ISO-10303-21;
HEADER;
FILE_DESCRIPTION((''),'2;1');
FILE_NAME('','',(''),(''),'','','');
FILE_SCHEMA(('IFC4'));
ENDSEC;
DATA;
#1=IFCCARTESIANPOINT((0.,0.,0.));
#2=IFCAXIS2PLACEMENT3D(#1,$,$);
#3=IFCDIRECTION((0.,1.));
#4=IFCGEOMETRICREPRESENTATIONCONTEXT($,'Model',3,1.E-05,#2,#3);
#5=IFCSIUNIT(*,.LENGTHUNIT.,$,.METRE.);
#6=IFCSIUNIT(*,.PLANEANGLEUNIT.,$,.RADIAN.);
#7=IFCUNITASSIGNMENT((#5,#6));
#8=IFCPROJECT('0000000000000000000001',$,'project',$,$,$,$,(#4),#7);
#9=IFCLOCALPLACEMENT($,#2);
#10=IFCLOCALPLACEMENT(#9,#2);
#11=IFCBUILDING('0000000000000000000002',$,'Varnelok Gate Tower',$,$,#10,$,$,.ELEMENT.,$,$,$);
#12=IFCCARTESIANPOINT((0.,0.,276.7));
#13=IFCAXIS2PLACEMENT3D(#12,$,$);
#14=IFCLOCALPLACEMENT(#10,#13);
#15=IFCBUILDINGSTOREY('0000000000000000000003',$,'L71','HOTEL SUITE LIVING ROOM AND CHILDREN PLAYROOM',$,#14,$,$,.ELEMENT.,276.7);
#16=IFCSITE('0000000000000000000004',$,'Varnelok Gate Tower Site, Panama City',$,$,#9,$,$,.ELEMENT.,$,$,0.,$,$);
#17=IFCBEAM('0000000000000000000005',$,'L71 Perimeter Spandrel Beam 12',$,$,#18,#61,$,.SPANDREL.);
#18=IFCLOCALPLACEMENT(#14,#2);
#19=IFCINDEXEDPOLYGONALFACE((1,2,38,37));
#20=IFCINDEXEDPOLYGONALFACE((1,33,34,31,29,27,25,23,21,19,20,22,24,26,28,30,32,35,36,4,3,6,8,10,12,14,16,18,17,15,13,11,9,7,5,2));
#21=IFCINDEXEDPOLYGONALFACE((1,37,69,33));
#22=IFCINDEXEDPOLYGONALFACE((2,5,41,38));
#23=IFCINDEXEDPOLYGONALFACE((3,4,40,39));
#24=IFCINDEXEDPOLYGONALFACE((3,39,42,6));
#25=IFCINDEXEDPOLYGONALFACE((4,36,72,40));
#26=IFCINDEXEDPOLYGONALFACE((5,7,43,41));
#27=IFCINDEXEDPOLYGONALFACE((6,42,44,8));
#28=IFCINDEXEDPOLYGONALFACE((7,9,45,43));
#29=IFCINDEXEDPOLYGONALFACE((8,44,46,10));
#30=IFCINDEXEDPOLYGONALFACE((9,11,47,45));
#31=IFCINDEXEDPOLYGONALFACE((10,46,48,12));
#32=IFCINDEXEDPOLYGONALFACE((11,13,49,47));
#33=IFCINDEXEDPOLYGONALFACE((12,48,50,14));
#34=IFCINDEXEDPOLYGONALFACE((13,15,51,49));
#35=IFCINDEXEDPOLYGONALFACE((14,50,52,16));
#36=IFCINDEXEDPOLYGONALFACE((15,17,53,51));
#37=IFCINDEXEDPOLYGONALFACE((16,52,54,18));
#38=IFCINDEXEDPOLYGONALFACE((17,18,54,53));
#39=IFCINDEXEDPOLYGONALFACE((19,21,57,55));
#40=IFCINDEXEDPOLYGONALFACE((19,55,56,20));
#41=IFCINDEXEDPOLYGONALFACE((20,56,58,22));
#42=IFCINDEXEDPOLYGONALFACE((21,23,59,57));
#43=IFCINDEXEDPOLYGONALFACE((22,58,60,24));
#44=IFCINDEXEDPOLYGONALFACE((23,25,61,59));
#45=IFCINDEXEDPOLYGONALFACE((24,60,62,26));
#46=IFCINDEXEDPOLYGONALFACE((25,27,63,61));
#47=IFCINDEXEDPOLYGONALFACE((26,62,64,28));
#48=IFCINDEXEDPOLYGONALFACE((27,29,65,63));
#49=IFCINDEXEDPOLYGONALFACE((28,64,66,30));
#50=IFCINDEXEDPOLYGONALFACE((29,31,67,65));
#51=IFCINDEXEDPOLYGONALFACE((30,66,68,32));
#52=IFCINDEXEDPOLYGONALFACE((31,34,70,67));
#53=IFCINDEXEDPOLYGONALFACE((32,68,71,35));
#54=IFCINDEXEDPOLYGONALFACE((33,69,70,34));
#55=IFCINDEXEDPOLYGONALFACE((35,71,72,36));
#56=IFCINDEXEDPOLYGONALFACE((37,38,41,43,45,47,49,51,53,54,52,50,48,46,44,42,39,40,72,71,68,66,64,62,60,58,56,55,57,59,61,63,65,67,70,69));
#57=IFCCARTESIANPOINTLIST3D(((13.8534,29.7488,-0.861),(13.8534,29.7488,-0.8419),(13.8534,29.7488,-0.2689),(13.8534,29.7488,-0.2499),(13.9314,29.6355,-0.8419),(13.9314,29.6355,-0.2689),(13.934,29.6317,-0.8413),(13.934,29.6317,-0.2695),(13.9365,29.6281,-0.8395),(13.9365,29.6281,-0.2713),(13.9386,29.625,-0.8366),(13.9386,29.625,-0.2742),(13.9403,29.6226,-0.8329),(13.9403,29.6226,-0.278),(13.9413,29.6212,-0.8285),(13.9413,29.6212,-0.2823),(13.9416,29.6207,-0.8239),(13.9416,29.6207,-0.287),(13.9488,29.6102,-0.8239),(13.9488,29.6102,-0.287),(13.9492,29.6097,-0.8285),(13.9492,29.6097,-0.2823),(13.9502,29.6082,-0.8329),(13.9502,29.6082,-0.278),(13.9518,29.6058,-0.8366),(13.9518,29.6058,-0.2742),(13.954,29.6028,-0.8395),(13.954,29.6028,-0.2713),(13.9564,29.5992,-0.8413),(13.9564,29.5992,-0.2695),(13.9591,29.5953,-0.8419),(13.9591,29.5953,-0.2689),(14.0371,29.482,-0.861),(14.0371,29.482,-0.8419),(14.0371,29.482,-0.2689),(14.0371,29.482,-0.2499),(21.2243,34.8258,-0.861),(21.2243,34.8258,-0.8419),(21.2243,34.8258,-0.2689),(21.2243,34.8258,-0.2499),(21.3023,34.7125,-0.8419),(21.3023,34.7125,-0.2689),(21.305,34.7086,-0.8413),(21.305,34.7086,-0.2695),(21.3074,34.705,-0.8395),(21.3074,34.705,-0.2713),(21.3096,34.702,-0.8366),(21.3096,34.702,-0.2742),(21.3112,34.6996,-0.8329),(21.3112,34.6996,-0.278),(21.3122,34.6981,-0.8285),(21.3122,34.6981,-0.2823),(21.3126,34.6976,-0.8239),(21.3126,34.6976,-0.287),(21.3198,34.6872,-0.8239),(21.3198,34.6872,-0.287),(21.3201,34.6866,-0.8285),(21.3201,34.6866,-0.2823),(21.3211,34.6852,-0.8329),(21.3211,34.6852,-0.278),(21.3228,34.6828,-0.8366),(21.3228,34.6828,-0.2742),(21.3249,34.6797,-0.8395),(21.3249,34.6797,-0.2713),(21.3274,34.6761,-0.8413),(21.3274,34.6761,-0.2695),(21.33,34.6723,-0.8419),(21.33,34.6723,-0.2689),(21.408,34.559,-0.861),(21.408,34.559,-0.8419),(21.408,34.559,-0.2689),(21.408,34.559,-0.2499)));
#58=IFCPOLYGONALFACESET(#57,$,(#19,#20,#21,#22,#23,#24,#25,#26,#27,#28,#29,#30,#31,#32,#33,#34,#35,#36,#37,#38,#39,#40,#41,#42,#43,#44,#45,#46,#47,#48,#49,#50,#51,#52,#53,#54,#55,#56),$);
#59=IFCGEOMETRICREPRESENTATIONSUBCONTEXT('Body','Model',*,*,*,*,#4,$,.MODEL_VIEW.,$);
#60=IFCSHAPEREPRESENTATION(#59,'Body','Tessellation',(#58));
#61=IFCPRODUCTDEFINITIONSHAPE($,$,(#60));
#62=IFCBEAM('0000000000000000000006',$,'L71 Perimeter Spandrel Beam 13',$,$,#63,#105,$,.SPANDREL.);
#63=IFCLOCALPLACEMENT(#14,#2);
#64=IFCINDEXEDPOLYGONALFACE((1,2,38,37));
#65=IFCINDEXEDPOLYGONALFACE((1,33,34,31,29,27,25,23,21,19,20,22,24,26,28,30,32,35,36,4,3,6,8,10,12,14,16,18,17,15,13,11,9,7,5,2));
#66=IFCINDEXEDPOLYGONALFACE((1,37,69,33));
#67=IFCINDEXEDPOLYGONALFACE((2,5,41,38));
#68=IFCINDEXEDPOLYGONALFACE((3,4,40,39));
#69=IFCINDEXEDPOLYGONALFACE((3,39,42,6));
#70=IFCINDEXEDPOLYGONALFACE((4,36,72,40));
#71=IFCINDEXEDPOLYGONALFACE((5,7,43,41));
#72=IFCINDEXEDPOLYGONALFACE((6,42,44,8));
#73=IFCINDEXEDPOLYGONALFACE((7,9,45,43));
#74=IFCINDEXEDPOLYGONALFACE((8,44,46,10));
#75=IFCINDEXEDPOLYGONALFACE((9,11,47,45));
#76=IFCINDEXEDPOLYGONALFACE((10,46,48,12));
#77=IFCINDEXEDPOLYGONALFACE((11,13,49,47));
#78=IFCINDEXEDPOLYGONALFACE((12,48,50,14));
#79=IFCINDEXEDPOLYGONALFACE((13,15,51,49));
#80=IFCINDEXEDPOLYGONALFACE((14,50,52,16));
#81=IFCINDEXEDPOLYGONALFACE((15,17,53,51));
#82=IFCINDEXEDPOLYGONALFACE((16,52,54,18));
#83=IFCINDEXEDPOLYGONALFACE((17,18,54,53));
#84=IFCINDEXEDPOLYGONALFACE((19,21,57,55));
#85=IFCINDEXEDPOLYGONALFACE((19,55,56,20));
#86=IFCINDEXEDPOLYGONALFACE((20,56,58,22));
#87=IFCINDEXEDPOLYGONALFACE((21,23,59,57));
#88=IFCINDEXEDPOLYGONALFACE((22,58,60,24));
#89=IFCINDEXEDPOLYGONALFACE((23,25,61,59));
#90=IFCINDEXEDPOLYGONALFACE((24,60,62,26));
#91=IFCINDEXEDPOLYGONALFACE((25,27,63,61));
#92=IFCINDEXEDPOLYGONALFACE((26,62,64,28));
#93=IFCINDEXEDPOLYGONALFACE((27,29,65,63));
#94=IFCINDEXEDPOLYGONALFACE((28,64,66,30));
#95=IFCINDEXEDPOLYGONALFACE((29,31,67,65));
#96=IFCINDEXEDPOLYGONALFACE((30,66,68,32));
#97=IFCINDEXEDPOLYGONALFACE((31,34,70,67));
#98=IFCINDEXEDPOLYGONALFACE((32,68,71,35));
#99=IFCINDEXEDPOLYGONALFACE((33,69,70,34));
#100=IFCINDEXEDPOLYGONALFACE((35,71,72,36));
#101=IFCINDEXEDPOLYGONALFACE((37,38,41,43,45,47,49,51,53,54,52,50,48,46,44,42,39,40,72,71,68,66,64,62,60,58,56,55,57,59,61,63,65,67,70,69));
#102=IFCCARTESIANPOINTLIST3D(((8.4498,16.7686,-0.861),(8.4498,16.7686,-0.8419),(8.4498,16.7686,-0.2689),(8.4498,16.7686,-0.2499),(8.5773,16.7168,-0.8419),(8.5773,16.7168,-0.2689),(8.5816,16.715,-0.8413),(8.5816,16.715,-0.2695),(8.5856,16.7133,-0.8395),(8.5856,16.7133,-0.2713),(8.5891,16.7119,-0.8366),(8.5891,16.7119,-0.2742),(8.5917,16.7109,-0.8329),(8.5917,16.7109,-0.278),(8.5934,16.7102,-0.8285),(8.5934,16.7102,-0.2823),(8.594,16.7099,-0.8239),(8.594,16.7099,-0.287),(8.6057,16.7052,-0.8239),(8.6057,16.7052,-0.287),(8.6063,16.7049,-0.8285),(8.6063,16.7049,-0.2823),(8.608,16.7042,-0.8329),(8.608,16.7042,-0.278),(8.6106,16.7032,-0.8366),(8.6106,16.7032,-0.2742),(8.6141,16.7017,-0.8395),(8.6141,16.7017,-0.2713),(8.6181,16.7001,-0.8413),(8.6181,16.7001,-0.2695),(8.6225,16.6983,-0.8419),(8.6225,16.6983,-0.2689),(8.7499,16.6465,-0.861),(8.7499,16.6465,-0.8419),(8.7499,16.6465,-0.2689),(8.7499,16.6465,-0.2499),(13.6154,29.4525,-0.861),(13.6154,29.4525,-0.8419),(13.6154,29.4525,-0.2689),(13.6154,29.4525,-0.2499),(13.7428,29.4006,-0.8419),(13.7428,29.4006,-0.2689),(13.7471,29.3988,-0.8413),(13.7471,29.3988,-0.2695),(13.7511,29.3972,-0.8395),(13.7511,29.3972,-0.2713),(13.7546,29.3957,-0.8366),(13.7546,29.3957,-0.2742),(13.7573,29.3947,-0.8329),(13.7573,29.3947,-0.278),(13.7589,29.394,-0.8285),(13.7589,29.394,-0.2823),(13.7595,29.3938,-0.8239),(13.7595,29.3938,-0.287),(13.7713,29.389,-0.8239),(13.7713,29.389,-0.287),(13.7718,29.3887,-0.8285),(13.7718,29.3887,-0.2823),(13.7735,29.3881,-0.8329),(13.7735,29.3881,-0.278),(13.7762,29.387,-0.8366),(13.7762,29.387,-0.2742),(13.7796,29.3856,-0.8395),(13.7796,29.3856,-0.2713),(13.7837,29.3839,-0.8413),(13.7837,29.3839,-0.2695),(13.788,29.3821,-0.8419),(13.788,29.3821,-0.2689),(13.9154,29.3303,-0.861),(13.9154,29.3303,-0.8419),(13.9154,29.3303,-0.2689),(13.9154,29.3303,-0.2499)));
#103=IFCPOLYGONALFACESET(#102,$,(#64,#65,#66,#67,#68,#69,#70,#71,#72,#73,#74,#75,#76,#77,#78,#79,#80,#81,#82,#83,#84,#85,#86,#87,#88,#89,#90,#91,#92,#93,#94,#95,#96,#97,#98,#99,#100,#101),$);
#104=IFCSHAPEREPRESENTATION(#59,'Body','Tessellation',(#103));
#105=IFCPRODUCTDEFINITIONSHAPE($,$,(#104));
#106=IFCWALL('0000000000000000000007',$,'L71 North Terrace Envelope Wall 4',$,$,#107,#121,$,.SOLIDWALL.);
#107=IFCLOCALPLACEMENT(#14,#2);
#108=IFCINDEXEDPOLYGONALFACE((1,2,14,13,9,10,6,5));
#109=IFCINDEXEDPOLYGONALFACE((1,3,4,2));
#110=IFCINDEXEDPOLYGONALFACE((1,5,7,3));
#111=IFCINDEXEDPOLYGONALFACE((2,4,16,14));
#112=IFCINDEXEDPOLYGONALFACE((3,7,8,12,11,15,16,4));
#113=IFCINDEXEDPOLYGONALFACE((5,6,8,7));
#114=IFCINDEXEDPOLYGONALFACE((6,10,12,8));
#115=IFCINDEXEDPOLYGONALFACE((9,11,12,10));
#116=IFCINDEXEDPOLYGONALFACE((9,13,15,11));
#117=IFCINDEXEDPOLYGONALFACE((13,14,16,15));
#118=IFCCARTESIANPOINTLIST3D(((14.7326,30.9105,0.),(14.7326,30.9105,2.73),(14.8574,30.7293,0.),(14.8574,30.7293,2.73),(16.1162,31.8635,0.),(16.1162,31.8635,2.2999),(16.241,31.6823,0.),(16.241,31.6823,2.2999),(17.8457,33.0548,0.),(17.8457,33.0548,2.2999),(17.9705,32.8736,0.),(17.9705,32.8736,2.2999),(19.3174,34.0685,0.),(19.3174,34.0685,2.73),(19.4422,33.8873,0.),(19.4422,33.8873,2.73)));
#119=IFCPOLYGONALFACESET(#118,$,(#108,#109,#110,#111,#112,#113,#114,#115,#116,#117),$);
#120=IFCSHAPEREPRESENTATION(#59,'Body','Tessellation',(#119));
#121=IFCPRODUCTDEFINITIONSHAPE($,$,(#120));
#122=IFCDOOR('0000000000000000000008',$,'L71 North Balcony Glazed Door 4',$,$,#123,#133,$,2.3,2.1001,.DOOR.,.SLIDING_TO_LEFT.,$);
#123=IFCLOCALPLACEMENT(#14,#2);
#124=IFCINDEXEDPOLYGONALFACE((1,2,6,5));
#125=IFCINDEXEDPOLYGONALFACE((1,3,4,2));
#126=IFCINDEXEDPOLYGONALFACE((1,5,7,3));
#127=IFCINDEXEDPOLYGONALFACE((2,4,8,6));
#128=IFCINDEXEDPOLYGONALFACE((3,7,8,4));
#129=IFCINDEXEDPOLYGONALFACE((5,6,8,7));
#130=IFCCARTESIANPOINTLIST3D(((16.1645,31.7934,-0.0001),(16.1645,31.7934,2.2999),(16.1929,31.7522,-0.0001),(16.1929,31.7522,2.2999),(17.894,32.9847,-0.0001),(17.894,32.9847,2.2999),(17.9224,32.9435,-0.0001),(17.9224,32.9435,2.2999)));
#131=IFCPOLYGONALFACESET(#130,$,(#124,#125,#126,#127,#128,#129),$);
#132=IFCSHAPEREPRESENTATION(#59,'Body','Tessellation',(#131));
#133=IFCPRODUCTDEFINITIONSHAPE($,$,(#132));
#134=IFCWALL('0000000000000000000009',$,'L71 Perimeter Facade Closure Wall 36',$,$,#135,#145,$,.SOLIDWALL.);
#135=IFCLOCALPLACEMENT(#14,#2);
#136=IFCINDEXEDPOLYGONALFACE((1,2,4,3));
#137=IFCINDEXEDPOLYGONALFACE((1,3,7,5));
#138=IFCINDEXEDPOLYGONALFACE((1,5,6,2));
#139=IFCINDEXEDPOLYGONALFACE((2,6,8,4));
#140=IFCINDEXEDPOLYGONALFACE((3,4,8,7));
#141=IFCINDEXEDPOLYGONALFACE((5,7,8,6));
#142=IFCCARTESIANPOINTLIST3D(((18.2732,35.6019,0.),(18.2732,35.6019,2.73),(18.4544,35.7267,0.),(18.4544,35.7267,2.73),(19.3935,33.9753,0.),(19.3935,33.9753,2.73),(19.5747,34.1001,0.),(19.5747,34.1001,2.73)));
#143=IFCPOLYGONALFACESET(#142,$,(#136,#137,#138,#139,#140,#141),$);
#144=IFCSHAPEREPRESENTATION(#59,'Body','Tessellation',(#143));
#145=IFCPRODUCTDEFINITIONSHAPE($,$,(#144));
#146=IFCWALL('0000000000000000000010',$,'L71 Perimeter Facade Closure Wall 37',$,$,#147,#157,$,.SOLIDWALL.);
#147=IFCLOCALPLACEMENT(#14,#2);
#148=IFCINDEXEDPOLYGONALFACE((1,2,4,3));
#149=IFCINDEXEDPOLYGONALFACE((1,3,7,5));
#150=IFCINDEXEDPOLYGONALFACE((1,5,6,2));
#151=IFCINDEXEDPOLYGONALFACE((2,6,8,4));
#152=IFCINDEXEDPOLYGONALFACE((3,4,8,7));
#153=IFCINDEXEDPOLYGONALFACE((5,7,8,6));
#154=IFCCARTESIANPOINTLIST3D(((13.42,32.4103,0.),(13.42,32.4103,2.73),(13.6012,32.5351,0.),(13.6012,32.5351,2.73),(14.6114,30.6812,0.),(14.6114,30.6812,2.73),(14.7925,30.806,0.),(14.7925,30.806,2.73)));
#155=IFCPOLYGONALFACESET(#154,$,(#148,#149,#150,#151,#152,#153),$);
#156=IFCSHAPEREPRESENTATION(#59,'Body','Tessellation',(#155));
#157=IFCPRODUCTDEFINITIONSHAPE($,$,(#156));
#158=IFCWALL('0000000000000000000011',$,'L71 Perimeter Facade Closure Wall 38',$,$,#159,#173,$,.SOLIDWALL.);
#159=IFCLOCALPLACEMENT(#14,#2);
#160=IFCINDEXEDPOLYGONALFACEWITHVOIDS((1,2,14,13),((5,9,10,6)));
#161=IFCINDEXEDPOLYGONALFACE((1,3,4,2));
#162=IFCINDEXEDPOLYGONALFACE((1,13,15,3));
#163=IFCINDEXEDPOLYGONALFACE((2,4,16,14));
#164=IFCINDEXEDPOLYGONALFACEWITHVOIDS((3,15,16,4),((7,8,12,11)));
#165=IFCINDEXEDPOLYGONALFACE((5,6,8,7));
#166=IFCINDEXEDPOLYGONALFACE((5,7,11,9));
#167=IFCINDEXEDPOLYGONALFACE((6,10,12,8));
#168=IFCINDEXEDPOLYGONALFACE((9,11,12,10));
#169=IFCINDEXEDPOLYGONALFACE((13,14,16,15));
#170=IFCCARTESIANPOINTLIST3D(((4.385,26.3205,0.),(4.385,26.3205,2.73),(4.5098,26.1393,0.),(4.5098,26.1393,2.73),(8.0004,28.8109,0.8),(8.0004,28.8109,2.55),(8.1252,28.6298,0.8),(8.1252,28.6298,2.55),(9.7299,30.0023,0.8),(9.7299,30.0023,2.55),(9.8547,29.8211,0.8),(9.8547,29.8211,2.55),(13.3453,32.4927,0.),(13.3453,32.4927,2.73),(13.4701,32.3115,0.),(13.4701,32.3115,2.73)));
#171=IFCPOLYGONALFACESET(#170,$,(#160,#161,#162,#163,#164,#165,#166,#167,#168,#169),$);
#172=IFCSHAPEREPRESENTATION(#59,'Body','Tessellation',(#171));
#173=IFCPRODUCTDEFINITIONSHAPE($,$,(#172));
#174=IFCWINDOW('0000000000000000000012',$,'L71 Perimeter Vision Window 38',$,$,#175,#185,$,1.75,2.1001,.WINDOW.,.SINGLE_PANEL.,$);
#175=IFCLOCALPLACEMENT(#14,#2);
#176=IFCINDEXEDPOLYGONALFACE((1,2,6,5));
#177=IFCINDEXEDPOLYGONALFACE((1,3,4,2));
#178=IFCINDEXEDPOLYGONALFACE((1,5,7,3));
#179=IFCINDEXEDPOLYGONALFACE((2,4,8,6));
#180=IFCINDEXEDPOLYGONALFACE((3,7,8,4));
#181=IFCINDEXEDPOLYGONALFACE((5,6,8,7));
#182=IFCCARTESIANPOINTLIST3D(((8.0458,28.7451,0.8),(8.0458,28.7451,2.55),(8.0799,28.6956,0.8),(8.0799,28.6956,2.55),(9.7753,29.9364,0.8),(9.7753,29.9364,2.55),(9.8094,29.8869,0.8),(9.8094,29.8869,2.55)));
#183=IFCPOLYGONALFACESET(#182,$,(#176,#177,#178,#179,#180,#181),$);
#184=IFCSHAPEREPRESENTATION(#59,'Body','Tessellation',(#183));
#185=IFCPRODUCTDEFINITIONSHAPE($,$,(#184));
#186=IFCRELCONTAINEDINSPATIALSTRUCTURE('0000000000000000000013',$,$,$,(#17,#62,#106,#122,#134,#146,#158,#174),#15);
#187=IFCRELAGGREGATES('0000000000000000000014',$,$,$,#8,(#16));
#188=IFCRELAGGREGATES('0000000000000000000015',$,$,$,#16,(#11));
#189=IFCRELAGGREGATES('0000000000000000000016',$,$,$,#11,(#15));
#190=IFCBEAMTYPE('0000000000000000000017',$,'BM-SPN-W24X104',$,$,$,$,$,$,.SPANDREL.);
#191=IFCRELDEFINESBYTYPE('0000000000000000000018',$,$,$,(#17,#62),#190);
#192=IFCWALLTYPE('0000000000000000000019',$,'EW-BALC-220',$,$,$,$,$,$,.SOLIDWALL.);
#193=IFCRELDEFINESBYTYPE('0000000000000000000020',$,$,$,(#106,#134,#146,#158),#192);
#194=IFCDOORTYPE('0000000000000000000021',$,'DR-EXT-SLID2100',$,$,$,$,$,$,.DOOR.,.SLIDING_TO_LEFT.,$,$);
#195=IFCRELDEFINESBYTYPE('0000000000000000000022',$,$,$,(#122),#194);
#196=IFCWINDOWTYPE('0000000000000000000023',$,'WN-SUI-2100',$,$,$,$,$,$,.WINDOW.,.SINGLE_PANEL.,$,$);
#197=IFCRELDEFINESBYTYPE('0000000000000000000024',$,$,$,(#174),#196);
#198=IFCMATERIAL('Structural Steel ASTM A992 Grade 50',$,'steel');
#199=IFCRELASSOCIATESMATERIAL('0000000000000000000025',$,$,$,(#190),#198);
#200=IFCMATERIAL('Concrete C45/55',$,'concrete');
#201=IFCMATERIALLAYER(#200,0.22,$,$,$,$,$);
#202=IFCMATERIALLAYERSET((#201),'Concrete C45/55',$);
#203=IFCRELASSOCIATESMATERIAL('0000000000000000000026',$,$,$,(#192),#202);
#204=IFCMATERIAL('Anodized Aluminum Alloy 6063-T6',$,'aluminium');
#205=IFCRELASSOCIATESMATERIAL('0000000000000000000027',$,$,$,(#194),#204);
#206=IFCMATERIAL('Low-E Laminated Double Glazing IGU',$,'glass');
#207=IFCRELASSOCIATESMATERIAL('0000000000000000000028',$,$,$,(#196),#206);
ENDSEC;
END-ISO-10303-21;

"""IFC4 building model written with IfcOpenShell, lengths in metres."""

from ifc_helpers import new_model, si_unit, direction, frame, frame_2d, origin, origin_2d, place, context, subcontext, project, spatial, rectangle, i_section, extrude, material, layer, layer_set, material_profile, profile_set, type_object, element, fill, save


model = new_model("IFC4")

# Units and contexts
model_context = context("Model", 3, precision=1e-05, world=origin(), true_north=direction((0.0, 1.0)))
body_context = subcontext(model_context, "Body", "Model", "MODEL_VIEW")
ifc_project = project(units=[si_unit("LENGTHUNIT", "METRE"), si_unit("PLANEANGLEUNIT", "RADIAN")], contexts=[model_context])

# Site, building, storey
site_placement = place(None, origin())
site = spatial("IfcSite", under=ifc_project, at=site_placement, Name="Varnelok Gate Tower Site, Panama City", CompositionType="ELEMENT", RefElevation=0.0)
building_placement = place(site_placement, origin())
building = spatial("IfcBuilding", under=site, at=building_placement, Name="Varnelok Gate Tower", CompositionType="ELEMENT")
storey_placement = place(building_placement, frame((0.0, 0.0, 276.7)))
storey = spatial("IfcBuildingStorey", under=building, at=storey_placement, Name="L71", Description="HOTEL SUITE LIVING ROOM AND CHILDREN PLAYROOM", CompositionType="ELEMENT", Elevation=276.7)

# Shared definitions
ifc_material_1 = material(Name="Structural Steel ASTM A992 Grade 50", Category="steel")

# Beams
ifc_material_profile_1 = material_profile(ifc_material_1, i_section(OverallWidth=0.324, OverallDepth=0.6111, WebThickness=0.0127, FlangeThickness=0.019, FilletRadius=0.0181, at=origin_2d()), Name="W24X104")
ifc_profile_set_1 = profile_set([ifc_material_profile_1], Name="Structural Steel ASTM A992 Grade 50")
beam_type_1 = type_object("IfcBeamType", Name="BM-SPN-W24X104", PredefinedType="SPANDREL", material=ifc_profile_set_1)
beam_1_placement = place(storey_placement, frame((21.3162, 34.6924, -0.5554), z_axis=(-0.823549, -0.567245, 0.0), x_axis=(0.567245, -0.823549, 0.0)))
element("IfcBeam", 1, at=beam_1_placement, inside=storey, type_object=beam_type_1, Name="L71 Perimeter Spandrel Beam 12", PredefinedType="SPANDREL", context=body_context, shape_type="SweptSolid", body=[
    extrude(i_section(OverallWidth=0.324, OverallDepth=0.6111, WebThickness=0.0127, FlangeThickness=0.019, FilletRadius=0.0181, at=origin_2d()), origin(), (0.0, 0.0, 1.0), 8.9502),
])
beam_2_placement = place(storey_placement, frame((13.7654, 29.3914, -0.5554), z_axis=(-0.377174, -0.926142, 0.0), x_axis=(0.926142, -0.377174, 0.0)))
element("IfcBeam", 2, at=beam_2_placement, inside=storey, type_object=beam_type_1, Name="L71 Perimeter Spandrel Beam 13", PredefinedType="SPANDREL", context=body_context, shape_type="SweptSolid", body=[
    extrude(i_section(OverallWidth=0.324, OverallDepth=0.6111, WebThickness=0.0127, FlangeThickness=0.019, FilletRadius=0.0181, at=origin_2d()), origin(), (0.0, 0.0, 1.0), 13.6953),
])

# Wall, opening, door
ifc_material_2 = material(Name="Concrete C45/55", Category="concrete")
ifc_layer_1 = layer(ifc_material_2, 0.22)
ifc_layer_set_1 = layer_set([ifc_layer_1], Name="Concrete C45/55")
wall_type_1 = type_object("IfcWallType", Name="EW-BALC-220", PredefinedType="SOLIDWALL", material=ifc_layer_set_1)
wall_1_placement = place(storey_placement, frame((14.7949, 30.8198, 0.0), z_axis=(0.0, 0.0, 1.0), x_axis=(0.823541, 0.567256, 0.0)))
wall_1 = element("IfcWall", 3, at=wall_1_placement, inside=storey, type_object=wall_type_1, Name="L71 North Terrace Envelope Wall 4", PredefinedType="SOLIDWALL", context=body_context, shape_type="SweptSolid", body=[
    extrude(rectangle(XDim=5.5671, YDim=0.22, at=frame_2d((2.7837, 0.0))), origin(), (0.0, 0.0, 1.0), 2.73),
])
opening_1_placement = place(wall_1_placement, frame((1.6802, 0.0, 0.0)))
opening_1 = element("IfcOpeningElement", 4, at=opening_1_placement, cuts=wall_1, PredefinedType="OPENING", context=body_context, shape_type="SweptSolid", body=[
    extrude(rectangle(XDim=2.1001, YDim=2.3, at=frame_2d((1.05, 1.1499))), frame((0.0, 0.1199, 0.0), z_axis=(0.0, -1.0, 0.0), x_axis=(1.0, 0.0, 0.0)), (0.0, 0.0, 1.0), 0.24),
])
ifc_material_3 = material(Name="Anodized Aluminum Alloy 6063-T6", Category="aluminium")
door_type = type_object("IfcDoorType", Name="DR-EXT-SLID2100", OperationType="SLIDING_TO_LEFT", PredefinedType="DOOR", material=ifc_material_3)
door_placement = place(opening_1_placement, origin())
door = element("IfcDoor", 5, at=door_placement, inside=storey, type_object=door_type, Name="L71 North Balcony Glazed Door 4", OperationType="SLIDING_TO_LEFT", OverallHeight=2.3, OverallWidth=2.1001, PredefinedType="DOOR", context=body_context, shape_type="SweptSolid", body=[
    extrude(rectangle(XDim=2.1001, YDim=2.3, at=frame_2d((1.05, 1.1499))), frame((0.0, 0.0249, 0.0), z_axis=(0.0, -1.0, 0.0), x_axis=(1.0, 0.0, 0.0)), (0.0, 0.0, 1.0), 0.05),
])
fill(opening_1, door)

# Walls
wall_2_placement = place(storey_placement, frame((18.3638, 35.6643, 0.0), z_axis=(0.0, 0.0, 1.0), x_axis=(0.567216, -0.823569, 0.0)))
element("IfcWall", 6, at=wall_2_placement, inside=storey, type_object=wall_type_1, Name="L71 Perimeter Facade Closure Wall 36", PredefinedType="SOLIDWALL", context=body_context, shape_type="SweptSolid", body=[
    extrude(rectangle(XDim=1.9751, YDim=0.22, at=frame_2d((0.9875, 0.0))), origin(), (0.0, 0.0, 1.0), 2.73),
])
wall_3_placement = place(storey_placement, frame((14.7019, 30.7437, 0.0), z_axis=(0.0, 0.0, 1.0), x_axis=(-0.567353, 0.823475, 0.0)))
element("IfcWall", 7, at=wall_3_placement, inside=storey, type_object=wall_type_1, Name="L71 Perimeter Facade Closure Wall 37", PredefinedType="SOLIDWALL", context=body_context, shape_type="SweptSolid", body=[
    extrude(rectangle(XDim=2.0999, YDim=0.22, at=frame_2d((1.0498, 0.0))), origin(), (0.0, 0.0, 1.0), 2.73),
])

# Wall, opening, window
wall_4_placement = place(storey_placement, frame((13.4077, 32.4021, 0.0), z_axis=(0.0, 0.0, 1.0), x_axis=(-0.823528, -0.567276, 0.0)))
wall_4 = element("IfcWall", 8, at=wall_4_placement, inside=storey, type_object=wall_type_1, Name="L71 Perimeter Facade Closure Wall 38", PredefinedType="SOLIDWALL", context=body_context, shape_type="SweptSolid", body=[
    extrude(rectangle(XDim=10.8804, YDim=0.22, at=frame_2d((5.4402, 0.0))), origin(), (0.0, 0.0, 1.0), 2.73),
])
opening_2_placement = place(wall_4_placement, frame((4.3901, 0.0, 0.8)))
opening_2 = element("IfcOpeningElement", 9, at=opening_2_placement, cuts=wall_4, PredefinedType="OPENING", context=body_context, shape_type="SweptSolid", body=[
    extrude(rectangle(XDim=2.1001, YDim=1.75, at=frame_2d((1.05, 0.875))), frame((0.0, 0.1199, 0.0), z_axis=(0.0, -1.0, 0.0), x_axis=(1.0, 0.0, 0.0)), (0.0, 0.0, 1.0), 0.24),
])
ifc_material_4 = material(Name="Low-E Laminated Double Glazing IGU", Category="glass")
window_type = type_object("IfcWindowType", Name="WN-SUI-2100", PartitioningType="SINGLE_PANEL", PredefinedType="WINDOW", material=ifc_material_4)
window_placement = place(opening_2_placement, origin())
window = element("IfcWindow", 10, at=window_placement, inside=storey, type_object=window_type, Name="L71 Perimeter Vision Window 38", OverallHeight=1.75, OverallWidth=2.1001, PartitioningType="SINGLE_PANEL", PredefinedType="WINDOW", context=body_context, shape_type="SweptSolid", body=[
    extrude(rectangle(XDim=2.1001, YDim=1.75, at=frame_2d((1.05, 0.875))), frame((0.0, 0.03, 0.0), z_axis=(0.0, -1.0, 0.0), x_axis=(1.0, 0.0, 0.0)), (0.0, 0.0, 1.0), 0.0601),
])
fill(opening_2, window)

save(model, "model.ifc")
